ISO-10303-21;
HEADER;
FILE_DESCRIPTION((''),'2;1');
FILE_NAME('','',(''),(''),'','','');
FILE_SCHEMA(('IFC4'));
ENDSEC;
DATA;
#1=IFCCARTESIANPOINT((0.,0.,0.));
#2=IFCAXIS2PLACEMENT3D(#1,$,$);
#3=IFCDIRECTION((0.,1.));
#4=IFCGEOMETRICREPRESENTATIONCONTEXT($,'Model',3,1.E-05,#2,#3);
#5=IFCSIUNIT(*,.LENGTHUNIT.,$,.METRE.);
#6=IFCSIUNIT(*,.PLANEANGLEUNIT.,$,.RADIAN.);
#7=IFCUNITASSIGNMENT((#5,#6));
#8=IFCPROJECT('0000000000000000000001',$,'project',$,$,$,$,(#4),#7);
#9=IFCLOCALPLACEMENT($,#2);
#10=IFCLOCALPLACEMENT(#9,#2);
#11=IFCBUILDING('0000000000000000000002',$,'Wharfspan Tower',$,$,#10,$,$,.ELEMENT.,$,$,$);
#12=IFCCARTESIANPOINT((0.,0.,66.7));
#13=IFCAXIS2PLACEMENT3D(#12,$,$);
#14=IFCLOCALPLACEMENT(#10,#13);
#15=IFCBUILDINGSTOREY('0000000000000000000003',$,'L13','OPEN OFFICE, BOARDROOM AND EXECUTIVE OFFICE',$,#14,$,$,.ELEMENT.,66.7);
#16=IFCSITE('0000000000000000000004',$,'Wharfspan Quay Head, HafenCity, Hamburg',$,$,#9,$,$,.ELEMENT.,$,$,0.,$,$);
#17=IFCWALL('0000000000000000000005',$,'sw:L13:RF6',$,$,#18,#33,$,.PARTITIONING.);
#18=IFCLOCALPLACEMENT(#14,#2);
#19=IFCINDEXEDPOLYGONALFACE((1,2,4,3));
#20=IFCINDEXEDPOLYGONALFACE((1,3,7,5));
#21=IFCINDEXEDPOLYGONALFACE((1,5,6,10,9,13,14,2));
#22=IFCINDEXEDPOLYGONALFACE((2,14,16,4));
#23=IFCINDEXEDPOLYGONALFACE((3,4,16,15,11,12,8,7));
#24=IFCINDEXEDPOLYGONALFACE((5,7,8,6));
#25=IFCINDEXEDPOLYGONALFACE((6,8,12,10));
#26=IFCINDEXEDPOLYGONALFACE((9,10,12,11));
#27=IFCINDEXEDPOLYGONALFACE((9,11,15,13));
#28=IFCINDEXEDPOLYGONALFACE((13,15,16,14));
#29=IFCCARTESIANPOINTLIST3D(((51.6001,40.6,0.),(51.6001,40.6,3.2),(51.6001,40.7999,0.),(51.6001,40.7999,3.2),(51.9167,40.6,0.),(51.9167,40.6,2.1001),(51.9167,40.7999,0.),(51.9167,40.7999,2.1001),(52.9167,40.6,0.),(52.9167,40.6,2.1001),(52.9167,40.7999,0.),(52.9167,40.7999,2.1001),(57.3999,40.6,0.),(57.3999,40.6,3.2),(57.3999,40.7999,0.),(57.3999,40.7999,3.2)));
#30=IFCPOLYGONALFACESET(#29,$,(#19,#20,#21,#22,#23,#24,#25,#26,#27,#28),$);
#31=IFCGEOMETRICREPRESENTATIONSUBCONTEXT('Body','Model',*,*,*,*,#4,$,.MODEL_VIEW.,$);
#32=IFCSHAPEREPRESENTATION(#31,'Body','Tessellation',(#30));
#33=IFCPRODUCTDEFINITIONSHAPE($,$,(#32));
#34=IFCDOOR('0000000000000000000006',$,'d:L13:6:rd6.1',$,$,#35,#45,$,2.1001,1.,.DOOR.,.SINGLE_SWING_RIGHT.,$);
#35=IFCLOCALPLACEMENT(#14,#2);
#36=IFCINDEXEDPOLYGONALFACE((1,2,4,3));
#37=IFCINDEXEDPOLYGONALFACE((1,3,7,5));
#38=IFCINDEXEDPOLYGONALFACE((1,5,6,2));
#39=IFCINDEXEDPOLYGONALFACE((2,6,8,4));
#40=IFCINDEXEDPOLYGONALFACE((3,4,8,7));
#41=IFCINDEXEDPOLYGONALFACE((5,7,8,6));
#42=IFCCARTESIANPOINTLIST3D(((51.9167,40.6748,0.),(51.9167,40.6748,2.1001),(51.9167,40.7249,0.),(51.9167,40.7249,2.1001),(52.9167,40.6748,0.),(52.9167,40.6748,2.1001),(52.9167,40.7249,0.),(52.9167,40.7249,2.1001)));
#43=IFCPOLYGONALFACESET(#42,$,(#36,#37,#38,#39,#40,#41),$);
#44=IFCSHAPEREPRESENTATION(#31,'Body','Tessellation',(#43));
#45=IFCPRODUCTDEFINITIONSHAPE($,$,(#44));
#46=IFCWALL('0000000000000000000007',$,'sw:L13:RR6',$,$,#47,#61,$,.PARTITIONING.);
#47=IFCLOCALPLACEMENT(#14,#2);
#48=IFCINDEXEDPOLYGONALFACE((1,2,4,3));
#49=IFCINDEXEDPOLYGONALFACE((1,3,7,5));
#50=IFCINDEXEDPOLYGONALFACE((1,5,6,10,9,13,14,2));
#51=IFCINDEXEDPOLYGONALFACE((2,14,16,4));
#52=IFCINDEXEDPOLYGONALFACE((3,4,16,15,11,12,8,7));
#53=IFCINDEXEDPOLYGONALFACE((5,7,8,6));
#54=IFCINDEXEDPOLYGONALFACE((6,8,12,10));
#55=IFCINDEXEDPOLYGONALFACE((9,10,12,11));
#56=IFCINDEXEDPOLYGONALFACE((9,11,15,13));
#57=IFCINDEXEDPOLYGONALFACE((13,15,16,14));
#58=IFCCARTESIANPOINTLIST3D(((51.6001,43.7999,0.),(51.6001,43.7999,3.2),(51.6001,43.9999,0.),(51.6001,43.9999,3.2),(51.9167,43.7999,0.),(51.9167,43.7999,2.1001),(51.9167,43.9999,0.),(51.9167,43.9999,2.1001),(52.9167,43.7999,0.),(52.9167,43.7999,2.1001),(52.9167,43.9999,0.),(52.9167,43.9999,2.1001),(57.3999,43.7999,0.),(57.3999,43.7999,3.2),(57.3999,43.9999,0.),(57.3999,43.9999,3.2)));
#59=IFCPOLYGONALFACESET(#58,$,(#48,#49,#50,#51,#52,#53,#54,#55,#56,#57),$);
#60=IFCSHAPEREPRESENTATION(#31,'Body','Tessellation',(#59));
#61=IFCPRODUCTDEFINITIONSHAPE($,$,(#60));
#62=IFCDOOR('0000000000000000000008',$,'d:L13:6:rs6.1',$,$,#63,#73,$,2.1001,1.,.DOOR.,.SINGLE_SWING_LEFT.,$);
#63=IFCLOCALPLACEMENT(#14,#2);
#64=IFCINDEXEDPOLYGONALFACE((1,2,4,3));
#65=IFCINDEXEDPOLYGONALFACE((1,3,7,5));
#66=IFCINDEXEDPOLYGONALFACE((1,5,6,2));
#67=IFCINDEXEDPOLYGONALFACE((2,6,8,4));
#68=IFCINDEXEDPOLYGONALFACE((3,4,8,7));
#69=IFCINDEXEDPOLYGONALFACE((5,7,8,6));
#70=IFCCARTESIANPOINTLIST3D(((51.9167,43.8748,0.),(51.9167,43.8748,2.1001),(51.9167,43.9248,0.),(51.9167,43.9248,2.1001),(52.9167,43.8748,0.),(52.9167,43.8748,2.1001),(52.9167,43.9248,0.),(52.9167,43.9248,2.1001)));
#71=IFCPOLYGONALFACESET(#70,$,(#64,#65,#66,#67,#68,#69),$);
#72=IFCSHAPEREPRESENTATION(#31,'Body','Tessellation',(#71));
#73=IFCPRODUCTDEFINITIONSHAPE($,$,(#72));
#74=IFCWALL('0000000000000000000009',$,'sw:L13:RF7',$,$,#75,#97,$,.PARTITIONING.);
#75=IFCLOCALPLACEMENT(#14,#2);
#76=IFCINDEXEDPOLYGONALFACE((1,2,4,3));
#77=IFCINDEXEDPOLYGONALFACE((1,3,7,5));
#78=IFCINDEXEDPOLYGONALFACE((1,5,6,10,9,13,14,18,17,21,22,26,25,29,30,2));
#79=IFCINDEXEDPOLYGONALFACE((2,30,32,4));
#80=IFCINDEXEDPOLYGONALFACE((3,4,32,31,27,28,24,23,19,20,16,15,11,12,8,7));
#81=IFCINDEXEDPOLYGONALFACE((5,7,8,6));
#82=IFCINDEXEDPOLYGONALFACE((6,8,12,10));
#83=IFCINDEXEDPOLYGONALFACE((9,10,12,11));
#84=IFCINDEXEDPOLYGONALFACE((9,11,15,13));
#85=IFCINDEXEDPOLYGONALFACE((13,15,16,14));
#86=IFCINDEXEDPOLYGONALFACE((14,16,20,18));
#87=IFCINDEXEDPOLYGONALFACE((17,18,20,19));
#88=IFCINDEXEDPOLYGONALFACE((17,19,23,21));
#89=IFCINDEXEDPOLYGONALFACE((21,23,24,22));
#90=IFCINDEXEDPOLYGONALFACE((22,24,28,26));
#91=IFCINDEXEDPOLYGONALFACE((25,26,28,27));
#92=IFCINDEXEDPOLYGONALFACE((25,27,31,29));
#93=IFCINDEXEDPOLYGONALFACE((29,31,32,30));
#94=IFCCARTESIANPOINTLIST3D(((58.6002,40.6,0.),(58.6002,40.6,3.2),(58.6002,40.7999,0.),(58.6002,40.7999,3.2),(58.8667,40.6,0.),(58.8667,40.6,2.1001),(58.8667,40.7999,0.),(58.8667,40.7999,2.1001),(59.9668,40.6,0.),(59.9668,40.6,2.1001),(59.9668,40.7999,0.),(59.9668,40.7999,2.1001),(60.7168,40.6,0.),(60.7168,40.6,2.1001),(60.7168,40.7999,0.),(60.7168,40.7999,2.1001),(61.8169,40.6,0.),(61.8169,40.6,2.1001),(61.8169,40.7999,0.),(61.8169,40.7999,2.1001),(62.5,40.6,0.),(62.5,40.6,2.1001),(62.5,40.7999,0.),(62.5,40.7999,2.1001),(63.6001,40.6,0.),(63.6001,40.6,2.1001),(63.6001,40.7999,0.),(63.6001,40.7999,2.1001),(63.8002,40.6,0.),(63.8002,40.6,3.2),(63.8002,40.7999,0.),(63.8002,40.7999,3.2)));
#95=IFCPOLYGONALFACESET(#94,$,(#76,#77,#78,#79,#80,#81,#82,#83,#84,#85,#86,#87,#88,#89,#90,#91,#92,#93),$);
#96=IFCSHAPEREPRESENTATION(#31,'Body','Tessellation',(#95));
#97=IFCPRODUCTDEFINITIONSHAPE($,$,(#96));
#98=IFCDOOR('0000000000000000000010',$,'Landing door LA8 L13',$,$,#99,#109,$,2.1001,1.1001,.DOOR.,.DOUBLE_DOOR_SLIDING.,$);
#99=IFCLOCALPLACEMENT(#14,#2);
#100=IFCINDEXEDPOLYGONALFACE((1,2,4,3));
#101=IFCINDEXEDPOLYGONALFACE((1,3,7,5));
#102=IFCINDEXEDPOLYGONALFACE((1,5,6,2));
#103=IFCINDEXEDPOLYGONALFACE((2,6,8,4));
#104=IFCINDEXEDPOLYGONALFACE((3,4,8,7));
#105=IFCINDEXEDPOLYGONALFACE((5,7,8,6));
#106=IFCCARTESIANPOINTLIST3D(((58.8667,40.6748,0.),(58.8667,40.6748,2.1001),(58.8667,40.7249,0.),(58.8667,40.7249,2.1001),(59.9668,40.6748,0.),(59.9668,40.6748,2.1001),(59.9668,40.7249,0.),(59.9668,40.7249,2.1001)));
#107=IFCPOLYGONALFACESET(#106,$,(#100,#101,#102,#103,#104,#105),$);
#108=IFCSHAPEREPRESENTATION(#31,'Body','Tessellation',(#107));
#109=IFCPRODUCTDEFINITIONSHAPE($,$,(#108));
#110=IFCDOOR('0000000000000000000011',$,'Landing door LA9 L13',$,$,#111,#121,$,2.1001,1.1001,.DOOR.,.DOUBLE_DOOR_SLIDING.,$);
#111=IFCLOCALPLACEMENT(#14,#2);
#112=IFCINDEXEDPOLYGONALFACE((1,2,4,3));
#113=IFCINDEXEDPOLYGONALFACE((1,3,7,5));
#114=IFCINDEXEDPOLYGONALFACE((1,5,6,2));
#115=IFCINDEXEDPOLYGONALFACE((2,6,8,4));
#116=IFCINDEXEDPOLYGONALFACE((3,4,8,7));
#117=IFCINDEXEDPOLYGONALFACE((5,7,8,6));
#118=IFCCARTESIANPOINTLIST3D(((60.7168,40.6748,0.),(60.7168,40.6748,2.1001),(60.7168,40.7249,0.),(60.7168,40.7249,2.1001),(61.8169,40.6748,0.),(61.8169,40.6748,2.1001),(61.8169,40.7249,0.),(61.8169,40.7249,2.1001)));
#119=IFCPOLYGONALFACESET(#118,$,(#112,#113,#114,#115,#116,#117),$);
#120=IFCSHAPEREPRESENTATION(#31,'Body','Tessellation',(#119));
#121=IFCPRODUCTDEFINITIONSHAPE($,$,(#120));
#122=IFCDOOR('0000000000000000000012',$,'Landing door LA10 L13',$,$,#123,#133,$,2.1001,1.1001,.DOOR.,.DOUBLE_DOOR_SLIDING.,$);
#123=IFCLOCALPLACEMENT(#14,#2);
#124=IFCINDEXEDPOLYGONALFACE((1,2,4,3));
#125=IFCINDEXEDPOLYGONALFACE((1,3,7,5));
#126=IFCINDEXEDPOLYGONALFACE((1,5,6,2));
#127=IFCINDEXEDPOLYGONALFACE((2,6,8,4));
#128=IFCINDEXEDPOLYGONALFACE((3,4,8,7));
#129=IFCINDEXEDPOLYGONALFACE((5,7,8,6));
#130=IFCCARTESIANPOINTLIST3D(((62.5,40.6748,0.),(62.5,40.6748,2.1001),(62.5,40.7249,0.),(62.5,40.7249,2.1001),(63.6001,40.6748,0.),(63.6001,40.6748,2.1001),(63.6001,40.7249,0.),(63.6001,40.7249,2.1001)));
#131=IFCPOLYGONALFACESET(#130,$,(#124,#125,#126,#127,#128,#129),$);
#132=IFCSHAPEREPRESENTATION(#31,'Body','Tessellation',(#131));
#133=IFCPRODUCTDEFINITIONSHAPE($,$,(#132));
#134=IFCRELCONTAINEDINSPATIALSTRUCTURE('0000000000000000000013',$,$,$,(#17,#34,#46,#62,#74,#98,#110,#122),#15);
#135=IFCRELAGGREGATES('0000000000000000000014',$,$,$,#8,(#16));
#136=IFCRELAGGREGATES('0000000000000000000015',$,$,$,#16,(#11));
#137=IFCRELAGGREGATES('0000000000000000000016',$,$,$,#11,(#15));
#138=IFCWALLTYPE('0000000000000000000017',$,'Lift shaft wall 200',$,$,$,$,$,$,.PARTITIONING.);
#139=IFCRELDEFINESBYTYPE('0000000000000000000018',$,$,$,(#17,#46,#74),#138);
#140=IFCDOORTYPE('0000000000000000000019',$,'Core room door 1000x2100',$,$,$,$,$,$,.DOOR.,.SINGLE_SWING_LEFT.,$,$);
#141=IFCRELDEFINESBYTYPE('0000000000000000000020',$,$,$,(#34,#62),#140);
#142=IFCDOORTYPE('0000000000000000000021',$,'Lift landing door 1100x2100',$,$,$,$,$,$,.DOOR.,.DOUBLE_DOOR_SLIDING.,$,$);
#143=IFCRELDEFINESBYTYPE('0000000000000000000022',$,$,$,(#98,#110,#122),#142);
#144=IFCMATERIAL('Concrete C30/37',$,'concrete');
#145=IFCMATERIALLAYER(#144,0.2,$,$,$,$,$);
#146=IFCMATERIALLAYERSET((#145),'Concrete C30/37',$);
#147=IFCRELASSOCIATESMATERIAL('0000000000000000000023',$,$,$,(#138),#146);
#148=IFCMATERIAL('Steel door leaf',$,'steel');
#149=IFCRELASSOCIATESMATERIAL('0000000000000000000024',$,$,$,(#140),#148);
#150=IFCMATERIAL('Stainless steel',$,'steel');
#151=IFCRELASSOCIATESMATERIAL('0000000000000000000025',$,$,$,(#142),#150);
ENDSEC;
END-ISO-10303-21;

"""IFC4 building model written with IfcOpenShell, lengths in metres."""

from ifc_helpers import new_model, si_unit, direction, frame, frame_2d, origin, place, context, subcontext, project, spatial, rectangle, extrude, material, layer, layer_set, type_object, element, fill, save


model = new_model("IFC4")

# Units and contexts
model_context = context("Model", 3, precision=1e-05, world=origin(), true_north=direction((0.0, 1.0)))
body_context = subcontext(model_context, "Body", "Model", "MODEL_VIEW")
ifc_project = project(units=[si_unit("LENGTHUNIT", "METRE"), si_unit("PLANEANGLEUNIT", "RADIAN")], contexts=[model_context])

# Site, building, storey
site_placement = place(None, origin())
site = spatial("IfcSite", under=ifc_project, at=site_placement, Name="Wharfspan Quay Head, HafenCity, Hamburg", CompositionType="ELEMENT", RefElevation=0.0)
building_placement = place(site_placement, origin())
building = spatial("IfcBuilding", under=site, at=building_placement, Name="Wharfspan Tower", CompositionType="ELEMENT")
storey_placement = place(building_placement, frame((0.0, 0.0, 66.7)))
storey = spatial("IfcBuildingStorey", under=building, at=storey_placement, Name="L13", Description="OPEN OFFICE, BOARDROOM AND EXECUTIVE OFFICE", CompositionType="ELEMENT", Elevation=66.7)

# Walls, openings, doors
ifc_material_1 = material(Name="Concrete C30/37", Category="concrete")
ifc_layer_1 = layer(ifc_material_1, 0.2)
ifc_layer_set_1 = layer_set([ifc_layer_1], Name="Concrete C30/37")
wall_type_1 = type_object("IfcWallType", Name="Lift shaft wall 200", PredefinedType="PARTITIONING", material=ifc_layer_set_1)
wall_1_placement = place(storey_placement, frame((51.6001, 40.7, 0.0), z_axis=(0.0, 0.0, 1.0), x_axis=(1.0, 0.0, 0.0)))
wall_1 = element("IfcWall", 1, at=wall_1_placement, inside=storey, type_object=wall_type_1, Name="sw:L13:RF6", PredefinedType="PARTITIONING", context=body_context, shape_type="SweptSolid", body=[
    extrude(rectangle(XDim=5.7998, YDim=0.2, at=frame_2d((2.8999, 0.0))), origin(), (0.0, 0.0, 1.0), 3.2),
])
opening_1_placement = place(wall_1_placement, frame((0.3166, 0.0, 0.0)))
opening_1 = element("IfcOpeningElement", 2, at=opening_1_placement, cuts=wall_1, PredefinedType="OPENING", context=body_context, shape_type="SweptSolid", body=[
    extrude(rectangle(XDim=1.0, YDim=2.1001, at=frame_2d((0.5, 1.05))), frame((0.0, 0.1099, 0.0), z_axis=(0.0, -1.0, 0.0), x_axis=(1.0, 0.0, 0.0)), (0.0, 0.0, 1.0), 0.22),
])
ifc_material_2 = material(Name="Steel door leaf", Category="steel")
door_type_1 = type_object("IfcDoorType", Name="Core room door 1000x2100", OperationType="SINGLE_SWING_LEFT", PredefinedType="DOOR", material=ifc_material_2)
door_1_placement = place(opening_1_placement, origin())
door_1 = element("IfcDoor", 3, at=door_1_placement, inside=storey, type_object=door_type_1, Name="d:L13:6:rd6.1", OperationType="SINGLE_SWING_RIGHT", OverallHeight=2.1001, OverallWidth=1.0, PredefinedType="DOOR", context=body_context, shape_type="SweptSolid", body=[
    extrude(rectangle(XDim=1.0, YDim=2.1001, at=frame_2d((0.5, 1.05))), frame((0.0, 0.0249, 0.0), z_axis=(0.0, -1.0, 0.0), x_axis=(1.0, 0.0, 0.0)), (0.0, 0.0, 1.0), 0.05),
])
fill(opening_1, door_1)
wall_2_placement = place(storey_placement, frame((51.6001, 43.8999, 0.0), z_axis=(0.0, 0.0, 1.0), x_axis=(1.0, 0.0, 0.0)))
wall_2 = element("IfcWall", 4, at=wall_2_placement, inside=storey, type_object=wall_type_1, Name="sw:L13:RR6", PredefinedType="PARTITIONING", context=body_context, shape_type="SweptSolid", body=[
    extrude(rectangle(XDim=5.7998, YDim=0.2, at=frame_2d((2.8999, 0.0))), origin(), (0.0, 0.0, 1.0), 3.2),
])
opening_2_placement = place(wall_2_placement, frame((0.3166, 0.0, 0.0)))
opening_2 = element("IfcOpeningElement", 5, at=opening_2_placement, cuts=wall_2, PredefinedType="OPENING", context=body_context, shape_type="SweptSolid", body=[
    extrude(rectangle(XDim=1.0, YDim=2.1001, at=frame_2d((0.5, 1.05))), frame((0.0, 0.1099, 0.0), z_axis=(0.0, -1.0, 0.0), x_axis=(1.0, 0.0, 0.0)), (0.0, 0.0, 1.0), 0.22),
])
door_2_placement = place(opening_2_placement, origin())
door_2 = element("IfcDoor", 6, at=door_2_placement, inside=storey, type_object=door_type_1, Name="d:L13:6:rs6.1", OperationType="SINGLE_SWING_LEFT", OverallHeight=2.1001, OverallWidth=1.0, PredefinedType="DOOR", context=body_context, shape_type="SweptSolid", body=[
    extrude(rectangle(XDim=1.0, YDim=2.1001, at=frame_2d((0.5, 1.05))), frame((0.0, 0.0249, 0.0), z_axis=(0.0, -1.0, 0.0), x_axis=(1.0, 0.0, 0.0)), (0.0, 0.0, 1.0), 0.05),
])
fill(opening_2, door_2)

# Wall, openings, doors
wall_3_placement = place(storey_placement, frame((58.6001, 40.7, 0.0), z_axis=(0.0, 0.0, 1.0), x_axis=(1.0, 0.0, 0.0)))
wall_3 = element("IfcWall", 7, at=wall_3_placement, inside=storey, type_object=wall_type_1, Name="sw:L13:RF7", PredefinedType="PARTITIONING", context=body_context, shape_type="SweptSolid", body=[
    extrude(rectangle(XDim=5.2, YDim=0.2, at=frame_2d((2.6001, 0.0))), origin(), (0.0, 0.0, 1.0), 3.2),
])
opening_3_placement = place(wall_3_placement, frame((0.2666, 0.0, 0.0)))
opening_3 = element("IfcOpeningElement", 8, at=opening_3_placement, cuts=wall_3, PredefinedType="OPENING", context=body_context, shape_type="SweptSolid", body=[
    extrude(rectangle(XDim=1.1001, YDim=2.1001, at=frame_2d((0.55, 1.05))), frame((0.0, 0.1099, 0.0), z_axis=(0.0, -1.0, 0.0), x_axis=(1.0, 0.0, 0.0)), (0.0, 0.0, 1.0), 0.22),
])
opening_4_placement = place(wall_3_placement, frame((2.1167, 0.0, 0.0)))
opening_4 = element("IfcOpeningElement", 9, at=opening_4_placement, cuts=wall_3, PredefinedType="OPENING", context=body_context, shape_type="SweptSolid", body=[
    extrude(rectangle(XDim=1.1001, YDim=2.1001, at=frame_2d((0.55, 1.05))), frame((0.0, 0.1099, 0.0), z_axis=(0.0, -1.0, 0.0), x_axis=(1.0, 0.0, 0.0)), (0.0, 0.0, 1.0), 0.22),
])
opening_5_placement = place(wall_3_placement, frame((3.8999, 0.0, 0.0)))
opening_5 = element("IfcOpeningElement", 10, at=opening_5_placement, cuts=wall_3, PredefinedType="OPENING", context=body_context, shape_type="SweptSolid", body=[
    extrude(rectangle(XDim=1.1001, YDim=2.1001, at=frame_2d((0.55, 1.05))), frame((0.0, 0.1099, 0.0), z_axis=(0.0, -1.0, 0.0), x_axis=(1.0, 0.0, 0.0)), (0.0, 0.0, 1.0), 0.22),
])
ifc_material_3 = material(Name="Stainless steel", Category="steel")
door_type_2 = type_object("IfcDoorType", Name="Lift landing door 1100x2100", OperationType="DOUBLE_DOOR_SLIDING", PredefinedType="DOOR", material=ifc_material_3)
door_3_placement = place(opening_3_placement, origin())
door_3 = element("IfcDoor", 11, at=door_3_placement, inside=storey, type_object=door_type_2, Name="Landing door LA8 L13", OperationType="DOUBLE_DOOR_SLIDING", OverallHeight=2.1001, OverallWidth=1.1001, PredefinedType="DOOR", context=body_context, shape_type="SweptSolid", body=[
    extrude(rectangle(XDim=1.1001, YDim=2.1001, at=frame_2d((0.55, 1.05))), frame((0.0, 0.0249, 0.0), z_axis=(0.0, -1.0, 0.0), x_axis=(1.0, 0.0, 0.0)), (0.0, 0.0, 1.0), 0.05),
])
fill(opening_3, door_3)
door_4_placement = place(opening_4_placement, origin())
door_4 = element("IfcDoor", 12, at=door_4_placement, inside=storey, type_object=door_type_2, Name="Landing door LA9 L13", OperationType="DOUBLE_DOOR_SLIDING", OverallHeight=2.1001, OverallWidth=1.1001, PredefinedType="DOOR", context=body_context, shape_type="SweptSolid", body=[
    extrude(rectangle(XDim=1.1001, YDim=2.1001, at=frame_2d((0.55, 1.05))), frame((0.0, 0.0249, 0.0), z_axis=(0.0, -1.0, 0.0), x_axis=(1.0, 0.0, 0.0)), (0.0, 0.0, 1.0), 0.05),
])
fill(opening_4, door_4)
door_5_placement = place(opening_5_placement, origin())
door_5 = element("IfcDoor", 13, at=door_5_placement, inside=storey, type_object=door_type_2, Name="Landing door LA10 L13", OperationType="DOUBLE_DOOR_SLIDING", OverallHeight=2.1001, OverallWidth=1.1001, PredefinedType="DOOR", context=body_context, shape_type="SweptSolid", body=[
    extrude(rectangle(XDim=1.1001, YDim=2.1001, at=frame_2d((0.55, 1.05))), frame((0.0, 0.0249, 0.0), z_axis=(0.0, -1.0, 0.0), x_axis=(1.0, 0.0, 0.0)), (0.0, 0.0, 1.0), 0.05),
])
fill(opening_5, door_5)

save(model, "model.ifc")
